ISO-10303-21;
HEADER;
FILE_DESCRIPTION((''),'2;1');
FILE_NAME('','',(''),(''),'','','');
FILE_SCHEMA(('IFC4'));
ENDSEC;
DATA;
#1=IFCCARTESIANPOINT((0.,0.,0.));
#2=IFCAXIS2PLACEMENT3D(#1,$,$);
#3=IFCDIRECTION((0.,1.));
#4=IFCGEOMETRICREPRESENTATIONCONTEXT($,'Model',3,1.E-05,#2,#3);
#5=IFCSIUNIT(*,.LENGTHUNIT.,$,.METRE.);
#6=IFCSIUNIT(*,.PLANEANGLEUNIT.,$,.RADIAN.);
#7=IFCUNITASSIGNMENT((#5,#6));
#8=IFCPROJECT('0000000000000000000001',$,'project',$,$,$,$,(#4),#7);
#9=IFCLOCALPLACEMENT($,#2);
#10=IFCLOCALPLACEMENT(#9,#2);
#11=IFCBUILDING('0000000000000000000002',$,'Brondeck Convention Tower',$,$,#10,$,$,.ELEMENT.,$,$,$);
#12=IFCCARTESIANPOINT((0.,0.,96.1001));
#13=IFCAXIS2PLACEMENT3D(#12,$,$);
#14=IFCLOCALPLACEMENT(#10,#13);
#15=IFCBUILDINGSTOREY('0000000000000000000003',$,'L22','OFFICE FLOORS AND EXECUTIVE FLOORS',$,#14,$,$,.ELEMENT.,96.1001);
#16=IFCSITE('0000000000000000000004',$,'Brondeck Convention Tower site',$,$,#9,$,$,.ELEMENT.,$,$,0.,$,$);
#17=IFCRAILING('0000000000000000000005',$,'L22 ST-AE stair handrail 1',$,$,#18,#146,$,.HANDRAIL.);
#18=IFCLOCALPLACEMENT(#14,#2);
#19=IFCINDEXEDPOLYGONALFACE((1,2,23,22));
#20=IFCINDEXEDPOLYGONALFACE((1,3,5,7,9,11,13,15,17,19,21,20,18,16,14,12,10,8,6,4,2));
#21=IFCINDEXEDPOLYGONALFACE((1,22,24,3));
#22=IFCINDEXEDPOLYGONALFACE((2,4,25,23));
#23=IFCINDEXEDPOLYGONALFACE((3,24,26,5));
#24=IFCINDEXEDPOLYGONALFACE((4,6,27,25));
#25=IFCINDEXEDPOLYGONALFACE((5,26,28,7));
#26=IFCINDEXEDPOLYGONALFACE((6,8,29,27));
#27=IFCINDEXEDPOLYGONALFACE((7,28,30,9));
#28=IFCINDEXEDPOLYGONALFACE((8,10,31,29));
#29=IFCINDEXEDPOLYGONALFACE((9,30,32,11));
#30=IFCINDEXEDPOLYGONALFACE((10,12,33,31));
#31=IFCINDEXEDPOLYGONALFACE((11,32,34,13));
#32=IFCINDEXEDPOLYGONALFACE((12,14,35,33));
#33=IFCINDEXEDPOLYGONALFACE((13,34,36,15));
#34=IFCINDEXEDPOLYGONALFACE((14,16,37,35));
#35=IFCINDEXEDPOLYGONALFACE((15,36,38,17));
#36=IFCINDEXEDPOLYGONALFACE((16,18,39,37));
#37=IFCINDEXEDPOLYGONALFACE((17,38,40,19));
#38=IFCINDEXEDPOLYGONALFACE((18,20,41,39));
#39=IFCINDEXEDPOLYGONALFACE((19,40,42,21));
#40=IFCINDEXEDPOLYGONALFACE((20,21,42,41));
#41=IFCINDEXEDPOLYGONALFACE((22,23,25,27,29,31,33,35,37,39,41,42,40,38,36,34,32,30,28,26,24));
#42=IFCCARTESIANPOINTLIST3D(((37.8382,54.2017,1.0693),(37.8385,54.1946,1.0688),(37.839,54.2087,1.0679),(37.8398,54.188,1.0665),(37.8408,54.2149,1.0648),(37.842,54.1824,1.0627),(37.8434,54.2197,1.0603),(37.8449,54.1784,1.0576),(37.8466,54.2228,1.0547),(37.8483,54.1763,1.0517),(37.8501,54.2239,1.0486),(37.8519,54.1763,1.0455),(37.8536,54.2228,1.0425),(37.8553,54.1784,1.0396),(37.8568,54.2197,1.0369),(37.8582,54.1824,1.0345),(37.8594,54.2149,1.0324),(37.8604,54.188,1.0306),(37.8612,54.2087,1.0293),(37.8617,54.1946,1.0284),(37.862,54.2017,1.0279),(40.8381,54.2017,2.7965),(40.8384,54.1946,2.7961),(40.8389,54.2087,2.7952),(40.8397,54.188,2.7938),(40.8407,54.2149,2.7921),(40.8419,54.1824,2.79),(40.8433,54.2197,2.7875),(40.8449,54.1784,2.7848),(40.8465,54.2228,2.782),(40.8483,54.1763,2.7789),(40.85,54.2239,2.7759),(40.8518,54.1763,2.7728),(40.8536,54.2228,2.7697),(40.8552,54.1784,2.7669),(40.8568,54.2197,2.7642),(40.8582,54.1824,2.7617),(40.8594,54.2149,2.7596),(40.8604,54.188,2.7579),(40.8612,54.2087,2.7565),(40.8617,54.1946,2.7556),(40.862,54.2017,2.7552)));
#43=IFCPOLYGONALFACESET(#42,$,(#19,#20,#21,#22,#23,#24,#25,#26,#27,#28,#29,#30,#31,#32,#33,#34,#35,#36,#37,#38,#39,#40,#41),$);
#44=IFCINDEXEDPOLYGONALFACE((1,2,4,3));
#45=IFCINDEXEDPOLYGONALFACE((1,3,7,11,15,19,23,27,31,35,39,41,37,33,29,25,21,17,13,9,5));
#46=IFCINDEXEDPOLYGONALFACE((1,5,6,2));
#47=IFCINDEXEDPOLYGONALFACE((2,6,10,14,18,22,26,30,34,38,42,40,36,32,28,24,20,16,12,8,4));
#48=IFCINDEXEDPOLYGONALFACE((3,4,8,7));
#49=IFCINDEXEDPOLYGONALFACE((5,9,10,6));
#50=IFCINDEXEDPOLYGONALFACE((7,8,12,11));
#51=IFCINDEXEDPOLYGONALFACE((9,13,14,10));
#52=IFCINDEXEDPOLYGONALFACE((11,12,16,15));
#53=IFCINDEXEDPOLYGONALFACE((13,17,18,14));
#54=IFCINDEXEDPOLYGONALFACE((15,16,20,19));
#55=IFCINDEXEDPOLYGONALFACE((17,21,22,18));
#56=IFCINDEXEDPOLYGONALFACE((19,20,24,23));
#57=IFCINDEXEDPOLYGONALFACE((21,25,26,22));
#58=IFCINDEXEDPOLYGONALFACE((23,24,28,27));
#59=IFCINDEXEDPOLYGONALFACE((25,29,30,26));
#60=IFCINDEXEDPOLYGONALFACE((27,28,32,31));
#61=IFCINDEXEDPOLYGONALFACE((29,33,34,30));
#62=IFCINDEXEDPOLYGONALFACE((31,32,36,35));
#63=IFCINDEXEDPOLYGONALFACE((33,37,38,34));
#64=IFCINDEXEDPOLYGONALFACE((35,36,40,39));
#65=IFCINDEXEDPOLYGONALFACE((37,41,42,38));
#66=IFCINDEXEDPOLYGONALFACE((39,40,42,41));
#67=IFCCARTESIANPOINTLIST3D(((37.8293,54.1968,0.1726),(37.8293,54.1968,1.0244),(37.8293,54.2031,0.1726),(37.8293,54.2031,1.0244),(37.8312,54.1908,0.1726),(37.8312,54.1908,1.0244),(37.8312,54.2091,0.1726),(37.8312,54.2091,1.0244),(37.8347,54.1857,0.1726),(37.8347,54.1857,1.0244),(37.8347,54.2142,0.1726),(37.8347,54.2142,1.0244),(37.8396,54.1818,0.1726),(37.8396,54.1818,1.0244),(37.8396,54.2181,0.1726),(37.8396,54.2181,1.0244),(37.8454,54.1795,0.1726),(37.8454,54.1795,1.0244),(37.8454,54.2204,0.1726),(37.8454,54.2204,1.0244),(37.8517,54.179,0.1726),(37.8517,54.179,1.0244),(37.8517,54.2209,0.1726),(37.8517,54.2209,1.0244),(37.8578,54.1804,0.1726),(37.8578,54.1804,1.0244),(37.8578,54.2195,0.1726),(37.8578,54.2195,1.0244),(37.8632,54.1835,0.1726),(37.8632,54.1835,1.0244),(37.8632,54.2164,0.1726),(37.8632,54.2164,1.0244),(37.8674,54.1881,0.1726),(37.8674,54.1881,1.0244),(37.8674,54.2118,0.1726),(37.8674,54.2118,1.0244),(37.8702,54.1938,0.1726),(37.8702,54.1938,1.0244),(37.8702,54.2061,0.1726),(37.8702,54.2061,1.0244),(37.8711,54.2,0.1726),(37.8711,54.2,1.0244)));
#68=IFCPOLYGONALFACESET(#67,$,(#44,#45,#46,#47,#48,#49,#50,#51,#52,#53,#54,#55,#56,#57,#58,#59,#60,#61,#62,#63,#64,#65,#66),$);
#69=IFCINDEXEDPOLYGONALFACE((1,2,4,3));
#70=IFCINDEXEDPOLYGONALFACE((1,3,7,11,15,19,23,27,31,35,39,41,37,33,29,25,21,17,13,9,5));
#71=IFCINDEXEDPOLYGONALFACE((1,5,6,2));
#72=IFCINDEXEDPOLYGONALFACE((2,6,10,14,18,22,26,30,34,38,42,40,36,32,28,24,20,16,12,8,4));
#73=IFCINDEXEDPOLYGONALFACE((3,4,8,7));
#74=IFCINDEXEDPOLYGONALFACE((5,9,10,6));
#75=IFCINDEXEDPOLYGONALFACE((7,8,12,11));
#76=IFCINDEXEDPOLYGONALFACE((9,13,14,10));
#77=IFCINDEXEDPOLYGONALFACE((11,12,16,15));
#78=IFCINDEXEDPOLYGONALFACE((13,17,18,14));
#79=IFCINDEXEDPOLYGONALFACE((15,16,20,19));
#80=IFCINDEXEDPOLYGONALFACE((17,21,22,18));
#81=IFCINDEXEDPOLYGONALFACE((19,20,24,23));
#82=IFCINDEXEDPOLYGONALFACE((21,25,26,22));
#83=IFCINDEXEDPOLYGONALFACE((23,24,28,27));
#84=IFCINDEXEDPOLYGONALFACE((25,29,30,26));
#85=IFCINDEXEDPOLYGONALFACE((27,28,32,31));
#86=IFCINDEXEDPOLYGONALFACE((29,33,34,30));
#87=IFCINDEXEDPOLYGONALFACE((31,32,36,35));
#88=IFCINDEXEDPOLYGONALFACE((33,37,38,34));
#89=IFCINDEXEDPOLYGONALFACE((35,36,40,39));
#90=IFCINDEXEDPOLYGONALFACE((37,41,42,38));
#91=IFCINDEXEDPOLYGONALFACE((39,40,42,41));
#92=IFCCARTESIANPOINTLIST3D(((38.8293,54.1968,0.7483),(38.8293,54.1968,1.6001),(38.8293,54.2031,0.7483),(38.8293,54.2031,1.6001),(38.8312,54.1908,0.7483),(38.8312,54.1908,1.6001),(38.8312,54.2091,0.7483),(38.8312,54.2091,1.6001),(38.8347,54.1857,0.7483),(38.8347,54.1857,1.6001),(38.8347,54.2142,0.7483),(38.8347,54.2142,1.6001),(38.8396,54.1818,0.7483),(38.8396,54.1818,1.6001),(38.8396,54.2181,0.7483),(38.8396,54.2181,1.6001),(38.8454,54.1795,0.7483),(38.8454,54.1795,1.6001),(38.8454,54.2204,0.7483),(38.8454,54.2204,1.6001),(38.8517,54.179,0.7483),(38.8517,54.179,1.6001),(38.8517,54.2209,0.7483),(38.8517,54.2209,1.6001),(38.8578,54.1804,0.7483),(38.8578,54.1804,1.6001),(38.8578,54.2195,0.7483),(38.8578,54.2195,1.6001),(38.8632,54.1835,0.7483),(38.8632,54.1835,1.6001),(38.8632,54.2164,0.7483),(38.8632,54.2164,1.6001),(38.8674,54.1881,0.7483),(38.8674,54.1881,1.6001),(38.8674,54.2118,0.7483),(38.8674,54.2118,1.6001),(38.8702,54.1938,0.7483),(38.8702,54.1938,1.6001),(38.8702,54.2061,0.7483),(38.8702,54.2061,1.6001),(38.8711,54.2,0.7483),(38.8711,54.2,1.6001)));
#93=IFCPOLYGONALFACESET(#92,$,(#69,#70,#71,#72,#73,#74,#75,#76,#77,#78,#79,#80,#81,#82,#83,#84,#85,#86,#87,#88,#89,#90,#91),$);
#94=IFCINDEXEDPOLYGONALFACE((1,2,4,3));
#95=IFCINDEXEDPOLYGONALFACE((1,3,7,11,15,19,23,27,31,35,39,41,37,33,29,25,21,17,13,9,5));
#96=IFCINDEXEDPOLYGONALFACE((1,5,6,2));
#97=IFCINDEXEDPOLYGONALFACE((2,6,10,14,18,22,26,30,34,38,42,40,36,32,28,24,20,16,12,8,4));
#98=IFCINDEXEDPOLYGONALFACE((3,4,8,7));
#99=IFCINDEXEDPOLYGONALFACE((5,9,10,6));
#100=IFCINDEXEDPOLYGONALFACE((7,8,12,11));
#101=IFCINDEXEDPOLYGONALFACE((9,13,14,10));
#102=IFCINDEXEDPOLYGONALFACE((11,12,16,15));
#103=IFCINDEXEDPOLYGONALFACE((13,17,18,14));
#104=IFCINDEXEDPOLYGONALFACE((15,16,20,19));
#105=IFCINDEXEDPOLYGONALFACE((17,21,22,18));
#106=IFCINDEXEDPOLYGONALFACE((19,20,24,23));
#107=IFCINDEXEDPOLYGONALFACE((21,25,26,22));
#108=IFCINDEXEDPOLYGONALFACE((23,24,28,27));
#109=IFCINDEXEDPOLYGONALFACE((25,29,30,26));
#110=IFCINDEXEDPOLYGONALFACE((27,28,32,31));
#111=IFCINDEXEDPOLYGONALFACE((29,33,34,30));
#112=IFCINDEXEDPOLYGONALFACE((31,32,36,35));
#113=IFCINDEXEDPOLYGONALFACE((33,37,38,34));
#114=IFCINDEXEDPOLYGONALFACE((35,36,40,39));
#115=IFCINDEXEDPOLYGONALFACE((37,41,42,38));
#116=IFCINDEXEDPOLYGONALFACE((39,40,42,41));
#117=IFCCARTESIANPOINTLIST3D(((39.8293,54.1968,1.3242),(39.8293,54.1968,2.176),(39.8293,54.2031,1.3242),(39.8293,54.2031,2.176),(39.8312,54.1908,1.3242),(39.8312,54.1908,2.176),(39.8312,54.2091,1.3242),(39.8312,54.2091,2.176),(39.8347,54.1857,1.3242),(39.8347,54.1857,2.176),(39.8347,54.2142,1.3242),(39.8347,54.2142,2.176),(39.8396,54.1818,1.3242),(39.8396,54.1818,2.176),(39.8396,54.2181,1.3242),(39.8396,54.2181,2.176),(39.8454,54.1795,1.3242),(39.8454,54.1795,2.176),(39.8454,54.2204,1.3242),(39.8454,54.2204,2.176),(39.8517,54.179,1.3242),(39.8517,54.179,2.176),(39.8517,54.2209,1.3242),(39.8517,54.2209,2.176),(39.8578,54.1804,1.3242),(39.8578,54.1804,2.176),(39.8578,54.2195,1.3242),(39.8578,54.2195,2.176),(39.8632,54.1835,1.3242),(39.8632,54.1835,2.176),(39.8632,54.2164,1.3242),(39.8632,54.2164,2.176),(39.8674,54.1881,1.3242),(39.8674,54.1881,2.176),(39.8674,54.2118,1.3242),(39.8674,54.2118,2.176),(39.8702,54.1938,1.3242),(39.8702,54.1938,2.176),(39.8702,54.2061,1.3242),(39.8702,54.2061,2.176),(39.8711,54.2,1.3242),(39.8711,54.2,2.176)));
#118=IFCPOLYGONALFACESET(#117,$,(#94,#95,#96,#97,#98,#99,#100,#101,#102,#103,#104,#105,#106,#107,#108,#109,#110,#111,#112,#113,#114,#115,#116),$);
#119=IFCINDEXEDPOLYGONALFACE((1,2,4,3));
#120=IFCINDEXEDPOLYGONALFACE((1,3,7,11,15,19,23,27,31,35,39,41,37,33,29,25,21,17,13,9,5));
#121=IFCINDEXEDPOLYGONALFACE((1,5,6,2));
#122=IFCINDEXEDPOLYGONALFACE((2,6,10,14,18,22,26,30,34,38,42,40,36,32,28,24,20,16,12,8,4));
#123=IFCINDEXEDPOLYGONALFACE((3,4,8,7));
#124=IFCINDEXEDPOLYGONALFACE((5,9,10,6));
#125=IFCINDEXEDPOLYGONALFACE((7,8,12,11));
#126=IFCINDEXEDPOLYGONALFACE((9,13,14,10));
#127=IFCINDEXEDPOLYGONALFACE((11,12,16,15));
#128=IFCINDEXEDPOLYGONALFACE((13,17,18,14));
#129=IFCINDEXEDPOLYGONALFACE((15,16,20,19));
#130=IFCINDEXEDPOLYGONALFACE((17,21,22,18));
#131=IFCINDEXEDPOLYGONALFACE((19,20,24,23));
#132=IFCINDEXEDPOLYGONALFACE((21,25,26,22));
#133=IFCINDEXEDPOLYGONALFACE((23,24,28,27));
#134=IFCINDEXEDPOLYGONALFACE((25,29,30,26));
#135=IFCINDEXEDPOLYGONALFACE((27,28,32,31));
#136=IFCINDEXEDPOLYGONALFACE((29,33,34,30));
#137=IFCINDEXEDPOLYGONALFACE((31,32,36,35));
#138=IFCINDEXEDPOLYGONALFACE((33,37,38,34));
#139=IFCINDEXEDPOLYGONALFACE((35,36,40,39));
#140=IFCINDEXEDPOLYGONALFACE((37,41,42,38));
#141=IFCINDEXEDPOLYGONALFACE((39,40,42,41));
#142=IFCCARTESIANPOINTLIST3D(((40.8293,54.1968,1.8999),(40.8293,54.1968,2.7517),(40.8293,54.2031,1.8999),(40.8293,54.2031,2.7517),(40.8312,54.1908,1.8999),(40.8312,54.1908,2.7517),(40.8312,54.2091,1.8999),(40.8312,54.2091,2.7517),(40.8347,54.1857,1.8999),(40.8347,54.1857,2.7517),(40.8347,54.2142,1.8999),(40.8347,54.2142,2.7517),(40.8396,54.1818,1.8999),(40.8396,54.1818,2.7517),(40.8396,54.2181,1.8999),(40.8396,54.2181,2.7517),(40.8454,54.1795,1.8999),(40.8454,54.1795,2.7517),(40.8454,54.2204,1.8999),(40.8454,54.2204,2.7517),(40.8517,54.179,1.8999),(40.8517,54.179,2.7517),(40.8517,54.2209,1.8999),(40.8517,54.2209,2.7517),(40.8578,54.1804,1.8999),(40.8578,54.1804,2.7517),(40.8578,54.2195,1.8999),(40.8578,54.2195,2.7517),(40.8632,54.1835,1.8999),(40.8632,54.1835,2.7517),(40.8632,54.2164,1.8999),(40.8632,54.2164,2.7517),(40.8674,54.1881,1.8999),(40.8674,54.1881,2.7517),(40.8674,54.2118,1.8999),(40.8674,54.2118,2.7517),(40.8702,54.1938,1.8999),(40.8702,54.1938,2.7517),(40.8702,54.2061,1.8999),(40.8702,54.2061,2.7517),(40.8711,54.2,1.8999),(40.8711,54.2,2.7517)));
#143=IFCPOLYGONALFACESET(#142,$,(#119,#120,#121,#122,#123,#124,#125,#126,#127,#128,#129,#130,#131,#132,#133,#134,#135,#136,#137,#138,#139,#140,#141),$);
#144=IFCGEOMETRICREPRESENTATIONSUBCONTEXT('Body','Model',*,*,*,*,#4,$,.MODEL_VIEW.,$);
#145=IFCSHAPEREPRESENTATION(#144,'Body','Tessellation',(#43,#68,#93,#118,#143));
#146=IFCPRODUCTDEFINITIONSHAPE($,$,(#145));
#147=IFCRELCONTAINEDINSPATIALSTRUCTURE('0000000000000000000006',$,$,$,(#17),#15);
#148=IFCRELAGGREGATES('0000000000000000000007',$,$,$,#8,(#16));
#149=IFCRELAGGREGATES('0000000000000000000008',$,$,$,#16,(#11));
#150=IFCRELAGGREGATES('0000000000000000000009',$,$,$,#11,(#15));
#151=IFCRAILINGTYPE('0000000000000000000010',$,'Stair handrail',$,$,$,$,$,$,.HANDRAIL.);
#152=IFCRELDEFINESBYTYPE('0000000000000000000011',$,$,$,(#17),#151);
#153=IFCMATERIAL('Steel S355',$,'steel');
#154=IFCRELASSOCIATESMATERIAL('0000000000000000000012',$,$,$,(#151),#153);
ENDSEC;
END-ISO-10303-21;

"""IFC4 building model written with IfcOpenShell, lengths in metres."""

from ifc_helpers import new_model, si_unit, direction, frame, origin, origin_2d, place, context, subcontext, project, spatial, circle, extrude, material, type_object, element, save


model = new_model("IFC4")

# Units and contexts
model_context = context("Model", 3, precision=1e-05, world=origin(), true_north=direction((0.0, 1.0)))
body_context = subcontext(model_context, "Body", "Model", "MODEL_VIEW")
ifc_project = project(units=[si_unit("LENGTHUNIT", "METRE"), si_unit("PLANEANGLEUNIT", "RADIAN")], contexts=[model_context])

# Site, building, storey
site_placement = place(None, origin())
site = spatial("IfcSite", under=ifc_project, at=site_placement, Name="Brondeck Convention Tower site", CompositionType="ELEMENT", RefElevation=0.0)
building_placement = place(site_placement, origin())
building = spatial("IfcBuilding", under=site, at=building_placement, Name="Brondeck Convention Tower", CompositionType="ELEMENT")
storey_placement = place(building_placement, frame((0.0, 0.0, 96.1001)))
storey = spatial("IfcBuildingStorey", under=building, at=storey_placement, Name="L22", Description="OFFICE FLOORS AND EXECUTIVE FLOORS", CompositionType="ELEMENT", Elevation=96.1001)

# Shared definitions
ifc_material_1 = material(Name="Steel S355", Category="steel")

# Railing
railing_type_1 = type_object("IfcRailingType", Name="Stair handrail", PredefinedType="HANDRAIL", material=ifc_material_1)
railing_1_placement = place(storey_placement, frame((37.8501, 54.2, 0.1726)))
element("IfcRailing", 1, at=railing_1_placement, inside=storey, type_object=railing_type_1, Name="L22 ST-AE stair handrail 1", PredefinedType="HANDRAIL", context=body_context, shape_type="SweptSolid", body=[
    extrude(circle(Radius=0.0239, at=origin_2d()), frame((0.0, 0.0, 0.876), z_axis=(0.86662, 0.0, 0.498969), x_axis=(0.0, 1.0, 0.0)), (0.0, 0.0, 1.0), 3.4617),
    extrude(circle(Radius=0.021, at=origin_2d()), origin(), (0.0, 0.0, 1.0), 0.8518),
    extrude(circle(Radius=0.021, at=origin_2d()), frame((1.0, 0.0, 0.5757)), (0.0, 0.0, 1.0), 0.8518),
    extrude(circle(Radius=0.021, at=origin_2d()), frame((2.0, 0.0, 1.1516)), (0.0, 0.0, 1.0), 0.8518),
    extrude(circle(Radius=0.021, at=origin_2d()), frame((3.0, 0.0, 1.7273)), (0.0, 0.0, 1.0), 0.8518),
])

save(model, "model.ifc")
